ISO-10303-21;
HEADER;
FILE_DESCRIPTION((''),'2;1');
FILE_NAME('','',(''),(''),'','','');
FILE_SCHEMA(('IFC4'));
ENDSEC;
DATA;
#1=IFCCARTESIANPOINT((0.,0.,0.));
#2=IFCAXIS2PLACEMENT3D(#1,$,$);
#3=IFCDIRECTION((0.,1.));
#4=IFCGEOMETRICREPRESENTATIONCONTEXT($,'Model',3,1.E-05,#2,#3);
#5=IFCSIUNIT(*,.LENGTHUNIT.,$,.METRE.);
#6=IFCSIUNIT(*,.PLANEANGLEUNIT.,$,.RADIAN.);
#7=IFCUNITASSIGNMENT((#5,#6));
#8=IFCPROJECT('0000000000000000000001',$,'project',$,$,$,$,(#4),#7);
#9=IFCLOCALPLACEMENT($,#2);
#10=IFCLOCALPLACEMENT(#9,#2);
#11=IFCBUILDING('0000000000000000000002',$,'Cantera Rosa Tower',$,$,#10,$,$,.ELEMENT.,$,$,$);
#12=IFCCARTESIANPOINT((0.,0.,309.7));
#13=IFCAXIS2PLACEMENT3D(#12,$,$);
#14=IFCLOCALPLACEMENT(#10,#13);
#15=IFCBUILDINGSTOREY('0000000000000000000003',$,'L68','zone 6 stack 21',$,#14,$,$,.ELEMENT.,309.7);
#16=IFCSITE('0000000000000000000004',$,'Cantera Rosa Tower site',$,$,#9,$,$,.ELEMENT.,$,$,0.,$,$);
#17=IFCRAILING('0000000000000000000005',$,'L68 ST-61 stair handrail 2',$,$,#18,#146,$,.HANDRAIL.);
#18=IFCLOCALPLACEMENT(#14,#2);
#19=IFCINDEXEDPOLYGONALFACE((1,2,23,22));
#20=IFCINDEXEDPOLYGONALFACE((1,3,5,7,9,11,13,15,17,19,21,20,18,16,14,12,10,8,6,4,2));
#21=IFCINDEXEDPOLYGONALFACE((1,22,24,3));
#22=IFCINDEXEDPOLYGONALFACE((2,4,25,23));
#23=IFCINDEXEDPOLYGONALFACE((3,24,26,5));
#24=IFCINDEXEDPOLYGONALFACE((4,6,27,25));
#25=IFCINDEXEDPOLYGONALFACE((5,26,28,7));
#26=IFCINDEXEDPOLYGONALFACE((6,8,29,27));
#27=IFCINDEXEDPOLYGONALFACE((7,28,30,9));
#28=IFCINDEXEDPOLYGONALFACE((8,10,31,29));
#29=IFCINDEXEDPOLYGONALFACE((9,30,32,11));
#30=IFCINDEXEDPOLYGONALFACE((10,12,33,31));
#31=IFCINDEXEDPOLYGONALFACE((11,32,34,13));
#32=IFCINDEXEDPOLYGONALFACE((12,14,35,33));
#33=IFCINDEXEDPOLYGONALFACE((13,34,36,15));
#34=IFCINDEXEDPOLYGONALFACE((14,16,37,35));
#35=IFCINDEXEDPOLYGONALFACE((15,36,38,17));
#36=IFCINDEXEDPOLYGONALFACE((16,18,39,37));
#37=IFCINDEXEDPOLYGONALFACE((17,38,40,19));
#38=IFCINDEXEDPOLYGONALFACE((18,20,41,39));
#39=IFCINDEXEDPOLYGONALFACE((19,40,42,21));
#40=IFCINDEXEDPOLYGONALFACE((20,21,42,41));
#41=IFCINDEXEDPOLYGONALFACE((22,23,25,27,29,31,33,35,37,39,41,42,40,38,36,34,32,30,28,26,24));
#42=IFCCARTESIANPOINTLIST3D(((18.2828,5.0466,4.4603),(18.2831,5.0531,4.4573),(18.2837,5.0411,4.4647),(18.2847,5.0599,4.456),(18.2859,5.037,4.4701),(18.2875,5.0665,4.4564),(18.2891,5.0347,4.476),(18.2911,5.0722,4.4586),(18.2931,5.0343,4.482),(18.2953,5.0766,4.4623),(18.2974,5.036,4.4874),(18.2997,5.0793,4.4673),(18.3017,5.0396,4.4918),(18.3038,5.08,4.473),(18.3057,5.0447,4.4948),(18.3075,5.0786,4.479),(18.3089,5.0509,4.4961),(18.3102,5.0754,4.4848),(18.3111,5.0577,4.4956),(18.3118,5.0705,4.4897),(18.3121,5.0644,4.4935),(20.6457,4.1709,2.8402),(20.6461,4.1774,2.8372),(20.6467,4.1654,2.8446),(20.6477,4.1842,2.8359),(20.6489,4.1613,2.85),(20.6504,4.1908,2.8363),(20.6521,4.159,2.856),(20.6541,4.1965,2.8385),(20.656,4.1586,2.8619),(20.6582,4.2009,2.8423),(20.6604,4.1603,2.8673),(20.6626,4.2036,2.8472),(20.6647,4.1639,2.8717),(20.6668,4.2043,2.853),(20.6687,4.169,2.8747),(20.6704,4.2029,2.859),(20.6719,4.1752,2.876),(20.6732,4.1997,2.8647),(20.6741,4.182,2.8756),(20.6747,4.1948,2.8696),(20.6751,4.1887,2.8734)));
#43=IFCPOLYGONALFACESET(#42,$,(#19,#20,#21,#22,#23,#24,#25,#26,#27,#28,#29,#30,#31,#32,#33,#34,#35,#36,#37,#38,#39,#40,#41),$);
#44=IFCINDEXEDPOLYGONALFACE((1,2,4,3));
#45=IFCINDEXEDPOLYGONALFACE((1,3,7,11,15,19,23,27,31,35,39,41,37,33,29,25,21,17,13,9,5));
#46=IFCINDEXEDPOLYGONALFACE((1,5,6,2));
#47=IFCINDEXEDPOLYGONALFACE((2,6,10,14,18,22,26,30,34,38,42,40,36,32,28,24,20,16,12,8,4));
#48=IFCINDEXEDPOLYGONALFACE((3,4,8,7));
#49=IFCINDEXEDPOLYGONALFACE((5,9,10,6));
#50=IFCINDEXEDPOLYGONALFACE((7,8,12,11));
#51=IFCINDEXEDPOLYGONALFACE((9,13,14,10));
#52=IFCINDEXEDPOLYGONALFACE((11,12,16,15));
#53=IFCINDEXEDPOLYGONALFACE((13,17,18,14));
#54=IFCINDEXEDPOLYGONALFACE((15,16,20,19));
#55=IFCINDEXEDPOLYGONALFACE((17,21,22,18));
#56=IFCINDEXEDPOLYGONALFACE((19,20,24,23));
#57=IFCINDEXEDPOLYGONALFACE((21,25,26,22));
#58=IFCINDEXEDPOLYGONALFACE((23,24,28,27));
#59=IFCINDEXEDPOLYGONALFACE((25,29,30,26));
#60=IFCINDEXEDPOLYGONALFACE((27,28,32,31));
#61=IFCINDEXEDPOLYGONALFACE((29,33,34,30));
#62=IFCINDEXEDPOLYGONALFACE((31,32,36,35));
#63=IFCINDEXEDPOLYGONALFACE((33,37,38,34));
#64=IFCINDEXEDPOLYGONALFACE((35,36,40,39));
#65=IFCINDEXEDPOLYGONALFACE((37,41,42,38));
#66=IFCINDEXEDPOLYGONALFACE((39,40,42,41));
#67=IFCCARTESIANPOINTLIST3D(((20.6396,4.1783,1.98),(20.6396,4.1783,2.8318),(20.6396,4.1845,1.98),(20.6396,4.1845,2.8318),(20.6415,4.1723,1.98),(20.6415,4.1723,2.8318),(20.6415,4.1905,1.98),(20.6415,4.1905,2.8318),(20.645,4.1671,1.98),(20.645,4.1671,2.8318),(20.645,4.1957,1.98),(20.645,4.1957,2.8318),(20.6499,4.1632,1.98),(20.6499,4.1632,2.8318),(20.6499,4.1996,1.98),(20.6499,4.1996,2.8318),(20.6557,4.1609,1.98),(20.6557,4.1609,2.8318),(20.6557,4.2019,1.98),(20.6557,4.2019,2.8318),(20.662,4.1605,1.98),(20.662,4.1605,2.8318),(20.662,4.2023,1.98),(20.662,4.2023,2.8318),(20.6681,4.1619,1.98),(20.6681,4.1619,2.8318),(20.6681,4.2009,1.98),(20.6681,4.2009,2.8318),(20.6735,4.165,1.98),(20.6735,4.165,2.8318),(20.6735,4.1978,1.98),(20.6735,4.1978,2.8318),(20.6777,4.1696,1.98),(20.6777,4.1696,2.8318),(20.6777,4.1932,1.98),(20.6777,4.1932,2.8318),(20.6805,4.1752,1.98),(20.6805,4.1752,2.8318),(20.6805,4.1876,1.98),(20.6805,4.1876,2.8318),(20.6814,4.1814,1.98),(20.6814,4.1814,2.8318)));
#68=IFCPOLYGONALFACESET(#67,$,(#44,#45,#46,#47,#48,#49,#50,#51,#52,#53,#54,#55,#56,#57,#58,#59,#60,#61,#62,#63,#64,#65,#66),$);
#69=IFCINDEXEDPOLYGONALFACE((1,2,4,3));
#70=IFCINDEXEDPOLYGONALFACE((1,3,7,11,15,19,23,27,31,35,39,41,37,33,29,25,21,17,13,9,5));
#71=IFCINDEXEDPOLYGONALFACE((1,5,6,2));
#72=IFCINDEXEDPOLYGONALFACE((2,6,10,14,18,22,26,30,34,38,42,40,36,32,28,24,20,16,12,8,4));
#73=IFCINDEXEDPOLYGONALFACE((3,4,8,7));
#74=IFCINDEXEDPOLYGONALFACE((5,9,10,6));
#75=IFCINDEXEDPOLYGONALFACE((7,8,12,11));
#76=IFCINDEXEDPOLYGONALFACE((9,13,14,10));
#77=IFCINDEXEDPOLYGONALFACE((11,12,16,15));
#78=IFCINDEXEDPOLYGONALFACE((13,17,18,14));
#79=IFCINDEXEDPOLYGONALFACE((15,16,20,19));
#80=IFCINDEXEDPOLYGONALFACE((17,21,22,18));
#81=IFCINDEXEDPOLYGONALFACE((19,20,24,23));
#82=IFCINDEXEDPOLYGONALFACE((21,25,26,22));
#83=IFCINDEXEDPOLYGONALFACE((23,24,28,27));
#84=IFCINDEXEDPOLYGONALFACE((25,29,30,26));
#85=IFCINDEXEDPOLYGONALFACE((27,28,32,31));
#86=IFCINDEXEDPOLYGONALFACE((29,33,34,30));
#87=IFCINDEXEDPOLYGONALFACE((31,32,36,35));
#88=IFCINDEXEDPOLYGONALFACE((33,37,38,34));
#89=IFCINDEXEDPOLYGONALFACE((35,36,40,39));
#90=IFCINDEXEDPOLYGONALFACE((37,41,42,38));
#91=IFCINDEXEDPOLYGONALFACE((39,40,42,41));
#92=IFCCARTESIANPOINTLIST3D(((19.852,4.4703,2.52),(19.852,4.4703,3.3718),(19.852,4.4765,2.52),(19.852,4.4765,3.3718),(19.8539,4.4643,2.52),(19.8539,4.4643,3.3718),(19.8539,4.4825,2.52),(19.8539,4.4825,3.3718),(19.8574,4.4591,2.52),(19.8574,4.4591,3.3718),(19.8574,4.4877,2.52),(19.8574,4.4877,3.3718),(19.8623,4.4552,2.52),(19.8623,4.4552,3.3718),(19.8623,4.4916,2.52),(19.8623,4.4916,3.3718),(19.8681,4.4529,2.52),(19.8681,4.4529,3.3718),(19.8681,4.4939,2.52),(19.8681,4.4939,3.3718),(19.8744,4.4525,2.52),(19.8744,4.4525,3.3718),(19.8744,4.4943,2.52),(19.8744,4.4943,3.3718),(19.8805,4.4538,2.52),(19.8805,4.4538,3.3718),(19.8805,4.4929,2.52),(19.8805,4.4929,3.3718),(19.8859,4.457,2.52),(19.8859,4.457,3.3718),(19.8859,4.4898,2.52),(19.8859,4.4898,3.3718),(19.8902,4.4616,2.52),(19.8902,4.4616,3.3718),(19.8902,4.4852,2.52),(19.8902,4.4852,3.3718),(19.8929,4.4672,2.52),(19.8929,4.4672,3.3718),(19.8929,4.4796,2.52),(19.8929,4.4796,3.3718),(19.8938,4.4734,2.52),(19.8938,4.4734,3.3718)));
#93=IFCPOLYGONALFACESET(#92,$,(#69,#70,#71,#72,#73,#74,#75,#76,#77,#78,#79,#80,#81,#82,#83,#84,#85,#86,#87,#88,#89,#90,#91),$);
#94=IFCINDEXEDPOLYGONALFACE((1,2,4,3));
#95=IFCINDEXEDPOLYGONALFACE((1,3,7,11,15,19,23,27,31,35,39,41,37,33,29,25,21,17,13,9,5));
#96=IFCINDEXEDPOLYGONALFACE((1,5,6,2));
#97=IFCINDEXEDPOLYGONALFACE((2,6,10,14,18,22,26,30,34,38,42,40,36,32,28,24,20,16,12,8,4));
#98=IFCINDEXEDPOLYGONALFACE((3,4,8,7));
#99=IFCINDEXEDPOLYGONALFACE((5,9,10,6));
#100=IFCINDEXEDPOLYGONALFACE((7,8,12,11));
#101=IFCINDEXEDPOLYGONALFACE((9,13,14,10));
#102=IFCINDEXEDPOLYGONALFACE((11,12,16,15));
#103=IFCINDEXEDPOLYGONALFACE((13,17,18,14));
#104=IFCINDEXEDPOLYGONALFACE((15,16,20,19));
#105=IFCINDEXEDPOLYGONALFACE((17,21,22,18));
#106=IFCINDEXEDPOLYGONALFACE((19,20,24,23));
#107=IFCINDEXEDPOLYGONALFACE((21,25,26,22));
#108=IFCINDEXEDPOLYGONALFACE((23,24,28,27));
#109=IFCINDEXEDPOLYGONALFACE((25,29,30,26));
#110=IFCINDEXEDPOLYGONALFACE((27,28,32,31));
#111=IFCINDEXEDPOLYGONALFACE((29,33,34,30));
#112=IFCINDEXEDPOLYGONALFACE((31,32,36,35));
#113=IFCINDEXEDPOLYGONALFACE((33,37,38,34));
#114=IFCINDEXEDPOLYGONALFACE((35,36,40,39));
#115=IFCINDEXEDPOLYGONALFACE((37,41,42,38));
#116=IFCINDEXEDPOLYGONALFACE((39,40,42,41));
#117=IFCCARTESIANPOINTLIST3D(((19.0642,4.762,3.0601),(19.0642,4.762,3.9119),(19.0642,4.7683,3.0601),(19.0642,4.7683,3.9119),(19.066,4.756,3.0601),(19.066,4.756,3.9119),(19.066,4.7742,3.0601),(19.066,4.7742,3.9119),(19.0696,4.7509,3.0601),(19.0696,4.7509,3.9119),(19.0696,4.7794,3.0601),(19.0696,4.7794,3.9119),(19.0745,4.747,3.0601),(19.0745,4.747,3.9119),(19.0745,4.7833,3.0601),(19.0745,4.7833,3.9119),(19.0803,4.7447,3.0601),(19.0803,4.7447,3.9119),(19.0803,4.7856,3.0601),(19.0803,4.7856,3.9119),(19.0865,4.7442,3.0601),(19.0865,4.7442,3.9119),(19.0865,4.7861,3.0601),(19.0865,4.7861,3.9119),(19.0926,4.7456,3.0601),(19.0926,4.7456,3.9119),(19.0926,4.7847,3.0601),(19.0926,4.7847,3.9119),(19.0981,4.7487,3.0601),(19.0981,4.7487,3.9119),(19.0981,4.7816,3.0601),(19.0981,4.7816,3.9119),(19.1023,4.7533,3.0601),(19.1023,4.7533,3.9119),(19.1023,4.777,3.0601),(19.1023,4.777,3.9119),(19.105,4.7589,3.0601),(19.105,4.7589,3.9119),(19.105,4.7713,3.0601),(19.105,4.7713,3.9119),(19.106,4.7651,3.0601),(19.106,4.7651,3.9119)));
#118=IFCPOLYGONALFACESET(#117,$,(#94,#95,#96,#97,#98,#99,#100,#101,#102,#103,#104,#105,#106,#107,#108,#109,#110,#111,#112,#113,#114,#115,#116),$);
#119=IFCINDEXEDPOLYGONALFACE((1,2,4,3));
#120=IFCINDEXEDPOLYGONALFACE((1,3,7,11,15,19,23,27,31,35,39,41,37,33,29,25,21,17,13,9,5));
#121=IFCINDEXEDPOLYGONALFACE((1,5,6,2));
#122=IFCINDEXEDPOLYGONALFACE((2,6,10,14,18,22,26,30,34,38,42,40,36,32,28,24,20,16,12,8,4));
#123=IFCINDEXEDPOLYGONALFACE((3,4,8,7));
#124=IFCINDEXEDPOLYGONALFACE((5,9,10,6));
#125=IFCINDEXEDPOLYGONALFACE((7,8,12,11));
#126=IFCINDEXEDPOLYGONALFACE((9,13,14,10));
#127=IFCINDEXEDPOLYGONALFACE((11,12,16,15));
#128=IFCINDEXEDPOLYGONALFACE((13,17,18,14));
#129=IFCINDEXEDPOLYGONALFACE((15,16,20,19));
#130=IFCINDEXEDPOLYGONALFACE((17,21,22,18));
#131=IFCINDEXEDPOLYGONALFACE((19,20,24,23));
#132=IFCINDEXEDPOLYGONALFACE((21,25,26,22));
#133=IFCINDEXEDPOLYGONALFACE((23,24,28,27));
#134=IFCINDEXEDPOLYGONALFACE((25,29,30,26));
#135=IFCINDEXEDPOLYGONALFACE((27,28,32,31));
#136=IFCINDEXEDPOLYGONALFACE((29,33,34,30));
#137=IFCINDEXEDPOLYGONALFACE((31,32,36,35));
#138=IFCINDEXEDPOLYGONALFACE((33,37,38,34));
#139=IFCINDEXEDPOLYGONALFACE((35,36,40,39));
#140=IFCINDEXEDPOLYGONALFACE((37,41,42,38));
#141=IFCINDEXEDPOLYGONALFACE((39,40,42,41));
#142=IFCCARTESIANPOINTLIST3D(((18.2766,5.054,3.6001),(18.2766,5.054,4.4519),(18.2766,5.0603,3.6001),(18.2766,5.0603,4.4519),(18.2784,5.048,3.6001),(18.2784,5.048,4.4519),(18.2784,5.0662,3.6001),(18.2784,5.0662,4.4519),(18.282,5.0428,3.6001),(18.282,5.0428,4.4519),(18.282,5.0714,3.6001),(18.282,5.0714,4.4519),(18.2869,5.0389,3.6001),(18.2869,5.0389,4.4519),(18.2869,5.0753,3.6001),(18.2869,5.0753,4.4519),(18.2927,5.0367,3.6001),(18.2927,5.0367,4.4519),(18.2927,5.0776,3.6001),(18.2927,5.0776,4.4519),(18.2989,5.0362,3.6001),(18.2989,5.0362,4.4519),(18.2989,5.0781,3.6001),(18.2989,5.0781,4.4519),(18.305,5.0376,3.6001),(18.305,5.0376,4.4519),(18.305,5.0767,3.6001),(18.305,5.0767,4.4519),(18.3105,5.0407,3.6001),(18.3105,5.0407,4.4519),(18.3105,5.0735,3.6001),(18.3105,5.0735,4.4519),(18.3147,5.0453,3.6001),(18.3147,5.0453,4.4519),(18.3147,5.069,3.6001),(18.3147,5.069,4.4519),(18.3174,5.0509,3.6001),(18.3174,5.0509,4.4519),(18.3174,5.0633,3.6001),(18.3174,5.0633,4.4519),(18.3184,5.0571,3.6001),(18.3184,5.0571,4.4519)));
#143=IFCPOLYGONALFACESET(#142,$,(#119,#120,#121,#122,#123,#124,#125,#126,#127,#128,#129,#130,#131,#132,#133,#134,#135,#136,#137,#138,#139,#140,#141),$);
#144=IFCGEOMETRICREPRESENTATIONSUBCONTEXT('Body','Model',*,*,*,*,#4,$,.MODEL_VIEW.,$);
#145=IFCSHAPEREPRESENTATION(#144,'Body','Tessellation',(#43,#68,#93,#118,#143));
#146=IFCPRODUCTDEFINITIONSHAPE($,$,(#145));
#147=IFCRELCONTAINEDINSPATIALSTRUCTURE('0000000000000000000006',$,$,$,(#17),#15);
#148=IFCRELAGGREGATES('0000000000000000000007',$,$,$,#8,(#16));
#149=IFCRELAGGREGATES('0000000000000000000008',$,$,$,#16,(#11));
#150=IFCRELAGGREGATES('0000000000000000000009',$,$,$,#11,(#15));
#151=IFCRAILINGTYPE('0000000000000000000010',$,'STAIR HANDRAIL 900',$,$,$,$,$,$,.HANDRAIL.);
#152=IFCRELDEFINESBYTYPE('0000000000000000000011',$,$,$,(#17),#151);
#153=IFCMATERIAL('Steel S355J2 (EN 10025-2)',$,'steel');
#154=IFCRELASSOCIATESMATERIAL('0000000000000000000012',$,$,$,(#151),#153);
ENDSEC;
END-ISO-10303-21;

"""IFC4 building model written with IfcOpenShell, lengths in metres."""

from ifc_helpers import new_model, si_unit, direction, frame, origin, origin_2d, place, context, subcontext, project, spatial, circle, extrude, material, type_object, element, save


model = new_model("IFC4")

# Units and contexts
model_context = context("Model", 3, precision=1e-05, world=origin(), true_north=direction((0.0, 1.0)))
body_context = subcontext(model_context, "Body", "Model", "MODEL_VIEW")
ifc_project = project(units=[si_unit("LENGTHUNIT", "METRE"), si_unit("PLANEANGLEUNIT", "RADIAN")], contexts=[model_context])

# Site, building, storey
site_placement = place(None, origin())
site = spatial("IfcSite", under=ifc_project, at=site_placement, Name="Cantera Rosa Tower site", CompositionType="ELEMENT", RefElevation=0.0)
building_placement = place(site_placement, origin())
building = spatial("IfcBuilding", under=site, at=building_placement, Name="Cantera Rosa Tower", CompositionType="ELEMENT")
storey_placement = place(building_placement, frame((0.0, 0.0, 309.7)))
storey = spatial("IfcBuildingStorey", under=building, at=storey_placement, Name="L68", Description="zone 6 stack 21", CompositionType="ELEMENT", Elevation=309.7)

# Railing
ifc_material_1 = material(Name="Steel S355J2 (EN 10025-2)", Category="steel")
railing_type_1 = type_object("IfcRailingType", Name="STAIR HANDRAIL 900", PredefinedType="HANDRAIL", material=ifc_material_1)
railing_1_placement = place(storey_placement, frame((20.6604, 4.1814, 1.98)))
element("IfcRailing", 1, at=railing_1_placement, inside=storey, type_object=railing_type_1, Name="L68 ST-61 stair handrail 2", PredefinedType="HANDRAIL", context=body_context, shape_type="SweptSolid", body=[
    extrude(circle(Radius=0.0239, at=origin_2d()), frame((0.0, 0.0, 0.876), z_axis=(-0.788748, 0.292307, 0.540772), x_axis=(-0.347501, -0.93768, 0.0)), (0.0, 0.0, 1.0), 2.9958),
    extrude(circle(Radius=0.021, at=origin_2d()), origin(), (0.0, 0.0, 1.0), 0.8518),
    extrude(circle(Radius=0.021, at=origin_2d()), frame((-0.7876, 0.292, 0.54)), (0.0, 0.0, 1.0), 0.8518),
    extrude(circle(Radius=0.021, at=origin_2d()), frame((-1.5754, 0.5837, 1.0801)), (0.0, 0.0, 1.0), 0.8518),
    extrude(circle(Radius=0.021, at=origin_2d()), frame((-2.363, 0.8757, 1.6201)), (0.0, 0.0, 1.0), 0.8518),
])

save(model, "model.ifc")
